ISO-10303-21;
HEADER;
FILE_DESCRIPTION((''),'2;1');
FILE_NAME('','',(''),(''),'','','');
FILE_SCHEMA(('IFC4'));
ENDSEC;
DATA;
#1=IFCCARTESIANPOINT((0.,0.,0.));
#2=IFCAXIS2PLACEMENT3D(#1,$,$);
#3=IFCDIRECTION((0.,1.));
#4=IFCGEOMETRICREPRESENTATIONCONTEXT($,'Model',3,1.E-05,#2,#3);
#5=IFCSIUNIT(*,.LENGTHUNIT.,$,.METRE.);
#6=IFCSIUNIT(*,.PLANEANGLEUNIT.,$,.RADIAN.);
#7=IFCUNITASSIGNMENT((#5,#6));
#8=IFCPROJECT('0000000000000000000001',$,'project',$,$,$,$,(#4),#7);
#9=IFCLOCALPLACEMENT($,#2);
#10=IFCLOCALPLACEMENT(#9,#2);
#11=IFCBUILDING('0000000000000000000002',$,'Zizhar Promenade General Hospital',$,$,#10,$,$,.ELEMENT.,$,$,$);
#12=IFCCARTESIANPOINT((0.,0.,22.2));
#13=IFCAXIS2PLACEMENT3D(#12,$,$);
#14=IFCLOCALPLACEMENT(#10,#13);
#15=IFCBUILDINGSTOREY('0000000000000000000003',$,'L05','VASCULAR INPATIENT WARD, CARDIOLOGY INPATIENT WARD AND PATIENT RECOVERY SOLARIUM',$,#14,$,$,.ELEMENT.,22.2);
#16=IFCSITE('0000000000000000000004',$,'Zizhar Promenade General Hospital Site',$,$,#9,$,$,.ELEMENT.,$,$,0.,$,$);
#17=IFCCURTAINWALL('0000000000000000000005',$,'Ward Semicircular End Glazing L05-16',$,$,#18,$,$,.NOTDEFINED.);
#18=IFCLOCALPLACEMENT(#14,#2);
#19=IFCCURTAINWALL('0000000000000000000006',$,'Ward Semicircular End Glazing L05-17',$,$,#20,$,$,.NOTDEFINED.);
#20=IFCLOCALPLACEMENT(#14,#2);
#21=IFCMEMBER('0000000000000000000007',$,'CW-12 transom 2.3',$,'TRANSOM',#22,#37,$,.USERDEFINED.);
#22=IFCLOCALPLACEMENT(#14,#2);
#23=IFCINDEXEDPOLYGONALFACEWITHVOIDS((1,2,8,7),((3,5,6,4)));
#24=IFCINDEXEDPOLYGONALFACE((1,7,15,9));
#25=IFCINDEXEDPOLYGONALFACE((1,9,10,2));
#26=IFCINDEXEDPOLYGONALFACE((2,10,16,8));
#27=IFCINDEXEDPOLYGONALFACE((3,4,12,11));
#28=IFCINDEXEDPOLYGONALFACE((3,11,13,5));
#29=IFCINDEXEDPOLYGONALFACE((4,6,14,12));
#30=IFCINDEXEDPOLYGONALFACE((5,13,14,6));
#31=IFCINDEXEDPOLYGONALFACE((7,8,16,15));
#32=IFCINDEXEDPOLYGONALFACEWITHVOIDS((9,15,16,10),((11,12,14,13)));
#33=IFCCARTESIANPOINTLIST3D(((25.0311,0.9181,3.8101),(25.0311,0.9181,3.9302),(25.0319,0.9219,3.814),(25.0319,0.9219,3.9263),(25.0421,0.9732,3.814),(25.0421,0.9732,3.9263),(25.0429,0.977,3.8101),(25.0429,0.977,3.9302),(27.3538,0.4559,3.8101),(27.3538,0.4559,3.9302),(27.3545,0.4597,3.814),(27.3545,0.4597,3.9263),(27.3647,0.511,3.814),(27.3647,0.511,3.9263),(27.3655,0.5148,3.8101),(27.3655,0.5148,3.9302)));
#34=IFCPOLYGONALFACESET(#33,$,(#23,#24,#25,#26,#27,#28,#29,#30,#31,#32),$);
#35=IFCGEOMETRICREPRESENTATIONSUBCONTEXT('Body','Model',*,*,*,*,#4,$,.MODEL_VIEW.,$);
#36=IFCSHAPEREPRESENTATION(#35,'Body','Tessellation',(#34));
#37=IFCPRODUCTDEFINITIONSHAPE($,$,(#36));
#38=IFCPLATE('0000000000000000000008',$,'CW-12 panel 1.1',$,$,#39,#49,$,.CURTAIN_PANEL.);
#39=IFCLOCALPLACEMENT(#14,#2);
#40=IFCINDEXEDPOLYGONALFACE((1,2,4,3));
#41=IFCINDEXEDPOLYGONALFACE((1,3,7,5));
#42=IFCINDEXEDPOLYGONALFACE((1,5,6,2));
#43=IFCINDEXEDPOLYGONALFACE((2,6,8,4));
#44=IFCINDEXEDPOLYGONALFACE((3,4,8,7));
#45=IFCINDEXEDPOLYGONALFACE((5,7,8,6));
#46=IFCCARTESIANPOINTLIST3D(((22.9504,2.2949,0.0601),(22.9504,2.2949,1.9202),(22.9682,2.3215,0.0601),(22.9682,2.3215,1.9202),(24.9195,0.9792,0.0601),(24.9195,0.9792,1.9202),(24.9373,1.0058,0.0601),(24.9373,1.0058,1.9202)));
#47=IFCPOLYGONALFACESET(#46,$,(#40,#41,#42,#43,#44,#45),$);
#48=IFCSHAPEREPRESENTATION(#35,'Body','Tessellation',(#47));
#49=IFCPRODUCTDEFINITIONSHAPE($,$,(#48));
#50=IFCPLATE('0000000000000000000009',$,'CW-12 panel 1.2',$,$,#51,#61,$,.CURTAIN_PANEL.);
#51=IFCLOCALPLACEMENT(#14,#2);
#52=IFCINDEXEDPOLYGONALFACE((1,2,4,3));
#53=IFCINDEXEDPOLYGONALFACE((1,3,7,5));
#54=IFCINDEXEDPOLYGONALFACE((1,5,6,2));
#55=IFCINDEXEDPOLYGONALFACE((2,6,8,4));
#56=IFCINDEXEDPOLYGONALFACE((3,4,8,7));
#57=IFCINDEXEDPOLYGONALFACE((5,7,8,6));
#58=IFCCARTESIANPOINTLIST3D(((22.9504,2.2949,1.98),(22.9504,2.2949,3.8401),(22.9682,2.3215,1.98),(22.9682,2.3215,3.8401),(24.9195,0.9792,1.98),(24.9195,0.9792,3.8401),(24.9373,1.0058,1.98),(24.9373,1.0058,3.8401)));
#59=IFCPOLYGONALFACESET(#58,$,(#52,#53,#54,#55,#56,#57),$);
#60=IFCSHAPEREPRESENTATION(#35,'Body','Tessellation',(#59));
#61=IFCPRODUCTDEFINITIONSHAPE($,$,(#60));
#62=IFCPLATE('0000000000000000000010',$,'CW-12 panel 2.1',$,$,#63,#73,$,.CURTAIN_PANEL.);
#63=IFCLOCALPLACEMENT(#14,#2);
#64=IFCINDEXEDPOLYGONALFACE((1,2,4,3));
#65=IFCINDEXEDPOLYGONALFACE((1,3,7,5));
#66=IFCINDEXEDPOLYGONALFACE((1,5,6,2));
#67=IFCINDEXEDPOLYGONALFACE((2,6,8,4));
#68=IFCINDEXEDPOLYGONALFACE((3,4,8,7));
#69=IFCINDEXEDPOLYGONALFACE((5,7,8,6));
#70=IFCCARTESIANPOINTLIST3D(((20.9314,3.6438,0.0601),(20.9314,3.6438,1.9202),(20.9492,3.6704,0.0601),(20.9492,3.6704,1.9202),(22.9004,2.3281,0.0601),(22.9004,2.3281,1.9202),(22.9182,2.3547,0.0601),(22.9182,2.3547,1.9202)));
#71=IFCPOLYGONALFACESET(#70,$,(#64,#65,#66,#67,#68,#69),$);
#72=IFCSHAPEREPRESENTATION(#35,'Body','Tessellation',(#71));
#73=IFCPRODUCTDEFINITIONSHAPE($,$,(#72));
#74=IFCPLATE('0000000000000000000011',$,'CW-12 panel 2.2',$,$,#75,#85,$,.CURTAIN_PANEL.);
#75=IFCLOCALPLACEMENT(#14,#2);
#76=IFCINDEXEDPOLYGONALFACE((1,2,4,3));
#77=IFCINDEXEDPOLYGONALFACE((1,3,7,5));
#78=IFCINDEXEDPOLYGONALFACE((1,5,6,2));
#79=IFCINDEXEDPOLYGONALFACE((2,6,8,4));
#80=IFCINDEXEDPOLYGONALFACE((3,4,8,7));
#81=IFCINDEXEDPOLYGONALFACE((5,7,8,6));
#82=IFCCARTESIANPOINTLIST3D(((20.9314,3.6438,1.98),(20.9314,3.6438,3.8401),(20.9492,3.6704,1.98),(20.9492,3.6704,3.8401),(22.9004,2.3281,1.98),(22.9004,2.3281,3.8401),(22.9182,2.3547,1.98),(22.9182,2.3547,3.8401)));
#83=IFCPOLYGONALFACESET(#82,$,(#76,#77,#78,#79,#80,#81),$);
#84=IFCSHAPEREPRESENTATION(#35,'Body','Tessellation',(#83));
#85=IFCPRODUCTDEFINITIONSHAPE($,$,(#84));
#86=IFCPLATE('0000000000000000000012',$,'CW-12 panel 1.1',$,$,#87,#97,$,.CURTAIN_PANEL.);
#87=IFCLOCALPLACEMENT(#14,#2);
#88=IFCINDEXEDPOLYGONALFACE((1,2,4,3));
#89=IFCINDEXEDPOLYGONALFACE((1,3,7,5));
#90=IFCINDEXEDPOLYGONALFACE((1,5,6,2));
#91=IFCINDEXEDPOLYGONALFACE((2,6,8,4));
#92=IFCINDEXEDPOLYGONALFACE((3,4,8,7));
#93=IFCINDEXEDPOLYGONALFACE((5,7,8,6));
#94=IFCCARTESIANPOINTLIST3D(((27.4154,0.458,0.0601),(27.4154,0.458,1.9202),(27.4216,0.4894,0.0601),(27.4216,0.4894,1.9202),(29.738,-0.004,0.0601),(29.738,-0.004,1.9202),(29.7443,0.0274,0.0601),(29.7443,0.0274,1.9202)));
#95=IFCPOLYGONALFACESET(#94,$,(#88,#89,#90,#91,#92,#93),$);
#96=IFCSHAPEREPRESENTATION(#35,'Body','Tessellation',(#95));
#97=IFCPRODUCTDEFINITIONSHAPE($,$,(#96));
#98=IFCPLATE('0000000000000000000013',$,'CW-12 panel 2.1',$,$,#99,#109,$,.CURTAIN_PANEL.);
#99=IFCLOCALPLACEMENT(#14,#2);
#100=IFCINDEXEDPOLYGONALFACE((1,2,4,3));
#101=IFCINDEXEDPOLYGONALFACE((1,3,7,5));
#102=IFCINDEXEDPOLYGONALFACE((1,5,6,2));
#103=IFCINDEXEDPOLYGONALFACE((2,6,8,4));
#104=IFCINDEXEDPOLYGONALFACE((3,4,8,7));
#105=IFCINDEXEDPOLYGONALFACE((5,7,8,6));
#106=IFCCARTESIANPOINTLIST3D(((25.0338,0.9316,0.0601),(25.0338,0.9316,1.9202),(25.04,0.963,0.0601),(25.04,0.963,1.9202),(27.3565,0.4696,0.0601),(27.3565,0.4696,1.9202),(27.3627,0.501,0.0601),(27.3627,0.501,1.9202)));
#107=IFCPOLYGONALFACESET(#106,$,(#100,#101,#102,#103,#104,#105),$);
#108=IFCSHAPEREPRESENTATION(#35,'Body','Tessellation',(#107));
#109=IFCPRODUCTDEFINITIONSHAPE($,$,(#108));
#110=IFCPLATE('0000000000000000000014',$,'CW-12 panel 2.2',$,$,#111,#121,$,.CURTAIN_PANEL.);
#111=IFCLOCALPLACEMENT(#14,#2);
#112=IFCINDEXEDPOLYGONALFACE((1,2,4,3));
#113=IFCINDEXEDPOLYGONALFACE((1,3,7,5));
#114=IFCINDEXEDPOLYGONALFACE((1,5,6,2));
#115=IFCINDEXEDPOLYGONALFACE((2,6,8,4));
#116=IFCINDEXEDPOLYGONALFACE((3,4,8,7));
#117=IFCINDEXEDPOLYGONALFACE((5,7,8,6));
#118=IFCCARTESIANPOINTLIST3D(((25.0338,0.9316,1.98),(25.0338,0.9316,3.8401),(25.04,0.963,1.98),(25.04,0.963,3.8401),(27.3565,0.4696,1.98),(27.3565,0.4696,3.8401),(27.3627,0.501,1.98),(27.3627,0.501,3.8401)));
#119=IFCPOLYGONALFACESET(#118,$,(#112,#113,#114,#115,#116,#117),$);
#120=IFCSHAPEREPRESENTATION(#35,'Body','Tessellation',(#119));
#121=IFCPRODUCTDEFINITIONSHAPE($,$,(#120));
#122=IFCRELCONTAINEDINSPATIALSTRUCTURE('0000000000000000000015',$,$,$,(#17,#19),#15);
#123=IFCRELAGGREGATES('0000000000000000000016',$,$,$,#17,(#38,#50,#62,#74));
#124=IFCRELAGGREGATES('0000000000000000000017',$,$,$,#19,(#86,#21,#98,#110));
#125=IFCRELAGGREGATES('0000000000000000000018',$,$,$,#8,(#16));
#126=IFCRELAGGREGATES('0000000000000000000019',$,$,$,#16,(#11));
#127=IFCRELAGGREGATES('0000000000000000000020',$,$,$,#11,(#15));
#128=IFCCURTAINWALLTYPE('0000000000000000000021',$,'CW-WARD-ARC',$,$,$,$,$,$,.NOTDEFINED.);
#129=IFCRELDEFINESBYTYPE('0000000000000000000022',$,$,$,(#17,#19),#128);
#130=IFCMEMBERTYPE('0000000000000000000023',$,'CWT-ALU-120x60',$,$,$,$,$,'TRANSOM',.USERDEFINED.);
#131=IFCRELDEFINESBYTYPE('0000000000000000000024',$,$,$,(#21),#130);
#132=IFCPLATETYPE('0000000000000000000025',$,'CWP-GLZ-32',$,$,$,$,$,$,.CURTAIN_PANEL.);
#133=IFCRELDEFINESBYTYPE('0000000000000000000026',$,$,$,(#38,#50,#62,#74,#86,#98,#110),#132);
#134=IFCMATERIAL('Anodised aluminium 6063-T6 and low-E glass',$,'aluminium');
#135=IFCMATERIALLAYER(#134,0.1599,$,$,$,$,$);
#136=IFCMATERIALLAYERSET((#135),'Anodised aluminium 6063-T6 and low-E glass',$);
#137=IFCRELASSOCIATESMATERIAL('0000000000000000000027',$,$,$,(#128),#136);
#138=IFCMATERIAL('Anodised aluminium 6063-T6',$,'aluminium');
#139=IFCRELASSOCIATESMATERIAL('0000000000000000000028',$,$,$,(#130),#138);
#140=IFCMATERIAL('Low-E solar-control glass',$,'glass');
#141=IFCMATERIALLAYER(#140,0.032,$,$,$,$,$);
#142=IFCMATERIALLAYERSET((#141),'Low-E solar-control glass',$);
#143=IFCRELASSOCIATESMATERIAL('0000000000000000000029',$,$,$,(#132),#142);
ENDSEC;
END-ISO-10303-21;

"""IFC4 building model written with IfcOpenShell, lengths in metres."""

from ifc_helpers import new_model, si_unit, direction, frame, origin, origin_2d, place, context, subcontext, project, spatial, rectangle, hollow_rectangle, extrude, material, layer, layer_set, material_profile, profile_set, type_object, element, aggregate, save


model = new_model("IFC4")

# Units and contexts
model_context = context("Model", 3, precision=1e-05, world=origin(), true_north=direction((0.0, 1.0)))
body_context = subcontext(model_context, "Body", "Model", "MODEL_VIEW")
ifc_project = project(units=[si_unit("LENGTHUNIT", "METRE"), si_unit("PLANEANGLEUNIT", "RADIAN")], contexts=[model_context])

# Site, building, storey
site_placement = place(None, origin())
site = spatial("IfcSite", under=ifc_project, at=site_placement, Name="Zizhar Promenade General Hospital Site", CompositionType="ELEMENT", RefElevation=0.0)
building_placement = place(site_placement, origin())
building = spatial("IfcBuilding", under=site, at=building_placement, Name="Zizhar Promenade General Hospital", CompositionType="ELEMENT")
storey_placement = place(building_placement, frame((0.0, 0.0, 22.2)))
storey = spatial("IfcBuildingStorey", under=building, at=storey_placement, Name="L05", Description="VASCULAR INPATIENT WARD, CARDIOLOGY INPATIENT WARD AND PATIENT RECOVERY SOLARIUM", CompositionType="ELEMENT", Elevation=22.2)

# Shared definitions
ifc_material_1 = material(Name="Anodised aluminium 6063-T6 and low-E glass", Category="aluminium")
ifc_layer_1 = layer(ifc_material_1, 0.1599)
ifc_layer_set_1 = layer_set([ifc_layer_1], Name="Anodised aluminium 6063-T6 and low-E glass")
curtain_wall_type = type_object("IfcCurtainWallType", Name="CW-WARD-ARC", PredefinedType="NOTDEFINED", material=ifc_layer_set_1)

# Curtain walls
curtain_wall_1_placement = place(storey_placement, origin())
curtain_wall_1 = element("IfcCurtainWall", 1, at=curtain_wall_1_placement, inside=storey, type_object=curtain_wall_type, Name="Ward Semicircular End Glazing L05-16", PredefinedType="NOTDEFINED")
curtain_wall_2_placement = place(storey_placement, origin())
curtain_wall_2 = element("IfcCurtainWall", 2, at=curtain_wall_2_placement, inside=storey, type_object=curtain_wall_type, Name="Ward Semicircular End Glazing L05-17", PredefinedType="NOTDEFINED")

# Member
ifc_material_2 = material(Name="Anodised aluminium 6063-T6", Category="aluminium")
ifc_material_profile_1 = material_profile(ifc_material_2, hollow_rectangle(XDim=0.0601, YDim=0.1201, WallThickness=0.0039, at=origin_2d()))
ifc_profile_set_1 = profile_set([ifc_material_profile_1], Name="Anodised aluminium 6063-T6")
member_type_1 = type_object("IfcMemberType", Name="CWT-ALU-120x60", ElementType="TRANSOM", PredefinedType="USERDEFINED", material=ifc_profile_set_1)
member_1_placement = place(storey_placement, frame((27.3596, 0.4854, 3.8701), z_axis=(-0.980771, 0.195164, 0.0), x_axis=(-0.195164, -0.980771, 0.0)))
member_1 = element("IfcMember", 3, at=member_1_placement, type_object=member_type_1, Name="CW-12 transom 2.3", ObjectType="TRANSOM", PredefinedType="USERDEFINED", context=body_context, shape_type="SweptSolid", body=[
    extrude(hollow_rectangle(XDim=0.0601, YDim=0.1201, WallThickness=0.0039, at=origin_2d()), origin(), (0.0, 0.0, 1.0), 2.3682),
])

# Plates
ifc_material_3 = material(Name="Low-E solar-control glass", Category="glass")
ifc_layer_2 = layer(ifc_material_3, 0.032)
ifc_layer_set_2 = layer_set([ifc_layer_2], Name="Low-E solar-control glass")
plate_type = type_object("IfcPlateType", Name="CWP-GLZ-32", PredefinedType="CURTAIN_PANEL", material=ifc_layer_set_2)
plate_1_placement = place(storey_placement, frame((23.9438, 1.6504, 0.0601), z_axis=(0.0, 0.0, 1.0), x_axis=(-0.831462, 0.555582, 0.0)))
plate_1 = element("IfcPlate", 4, at=plate_1_placement, type_object=plate_type, Name="CW-12 panel 1.1", PredefinedType="CURTAIN_PANEL", context=body_context, shape_type="SweptSolid", body=[
    extrude(rectangle(XDim=2.3682, YDim=0.032, at=origin_2d()), origin(), (0.0, 0.0, 1.0), 1.8601),
])
plate_2_placement = place(storey_placement, frame((23.9438, 1.6504, 1.98), z_axis=(0.0, 0.0, 1.0), x_axis=(-0.831462, 0.555582, 0.0)))
plate_2 = element("IfcPlate", 5, at=plate_2_placement, type_object=plate_type, Name="CW-12 panel 1.2", PredefinedType="CURTAIN_PANEL", context=body_context, shape_type="SweptSolid", body=[
    extrude(rectangle(XDim=2.3682, YDim=0.032, at=origin_2d()), origin(), (0.0, 0.0, 1.0), 1.8601),
])
plate_3_placement = place(storey_placement, frame((21.9248, 2.9993, 0.0601), z_axis=(0.0, 0.0, 1.0), x_axis=(-0.831462, 0.555582, 0.0)))
plate_3 = element("IfcPlate", 6, at=plate_3_placement, type_object=plate_type, Name="CW-12 panel 2.1", PredefinedType="CURTAIN_PANEL", context=body_context, shape_type="SweptSolid", body=[
    extrude(rectangle(XDim=2.3682, YDim=0.032, at=origin_2d()), origin(), (0.0, 0.0, 1.0), 1.8601),
])
plate_4_placement = place(storey_placement, frame((21.9248, 2.9993, 1.98), z_axis=(0.0, 0.0, 1.0), x_axis=(-0.831462, 0.555582, 0.0)))
plate_4 = element("IfcPlate", 7, at=plate_4_placement, type_object=plate_type, Name="CW-12 panel 2.2", PredefinedType="CURTAIN_PANEL", context=body_context, shape_type="SweptSolid", body=[
    extrude(rectangle(XDim=2.3682, YDim=0.032, at=origin_2d()), origin(), (0.0, 0.0, 1.0), 1.8601),
])
aggregate(curtain_wall_1, [plate_1, plate_2, plate_3, plate_4])
plate_5_placement = place(storey_placement, frame((28.5798, 0.2427, 0.0601), z_axis=(0.0, 0.0, 1.0), x_axis=(-0.980786, 0.195087, 0.0)))
plate_5 = element("IfcPlate", 8, at=plate_5_placement, type_object=plate_type, Name="CW-12 panel 1.1", PredefinedType="CURTAIN_PANEL", context=body_context, shape_type="SweptSolid", body=[
    extrude(rectangle(XDim=2.3682, YDim=0.032, at=origin_2d()), origin(), (0.0, 0.0, 1.0), 1.8601),
])
plate_6_placement = place(storey_placement, frame((26.1982, 0.7163, 0.0601), z_axis=(0.0, 0.0, 1.0), x_axis=(-0.980786, 0.195087, 0.0)))
plate_6 = element("IfcPlate", 9, at=plate_6_placement, type_object=plate_type, Name="CW-12 panel 2.1", PredefinedType="CURTAIN_PANEL", context=body_context, shape_type="SweptSolid", body=[
    extrude(rectangle(XDim=2.3682, YDim=0.032, at=origin_2d()), origin(), (0.0, 0.0, 1.0), 1.8601),
])
plate_7_placement = place(storey_placement, frame((26.1982, 0.7163, 1.98), z_axis=(0.0, 0.0, 1.0), x_axis=(-0.980786, 0.195087, 0.0)))
plate_7 = element("IfcPlate", 10, at=plate_7_placement, type_object=plate_type, Name="CW-12 panel 2.2", PredefinedType="CURTAIN_PANEL", context=body_context, shape_type="SweptSolid", body=[
    extrude(rectangle(XDim=2.3682, YDim=0.032, at=origin_2d()), origin(), (0.0, 0.0, 1.0), 1.8601),
])
aggregate(curtain_wall_2, [plate_5, member_1, plate_6, plate_7])

save(model, "model.ifc")
